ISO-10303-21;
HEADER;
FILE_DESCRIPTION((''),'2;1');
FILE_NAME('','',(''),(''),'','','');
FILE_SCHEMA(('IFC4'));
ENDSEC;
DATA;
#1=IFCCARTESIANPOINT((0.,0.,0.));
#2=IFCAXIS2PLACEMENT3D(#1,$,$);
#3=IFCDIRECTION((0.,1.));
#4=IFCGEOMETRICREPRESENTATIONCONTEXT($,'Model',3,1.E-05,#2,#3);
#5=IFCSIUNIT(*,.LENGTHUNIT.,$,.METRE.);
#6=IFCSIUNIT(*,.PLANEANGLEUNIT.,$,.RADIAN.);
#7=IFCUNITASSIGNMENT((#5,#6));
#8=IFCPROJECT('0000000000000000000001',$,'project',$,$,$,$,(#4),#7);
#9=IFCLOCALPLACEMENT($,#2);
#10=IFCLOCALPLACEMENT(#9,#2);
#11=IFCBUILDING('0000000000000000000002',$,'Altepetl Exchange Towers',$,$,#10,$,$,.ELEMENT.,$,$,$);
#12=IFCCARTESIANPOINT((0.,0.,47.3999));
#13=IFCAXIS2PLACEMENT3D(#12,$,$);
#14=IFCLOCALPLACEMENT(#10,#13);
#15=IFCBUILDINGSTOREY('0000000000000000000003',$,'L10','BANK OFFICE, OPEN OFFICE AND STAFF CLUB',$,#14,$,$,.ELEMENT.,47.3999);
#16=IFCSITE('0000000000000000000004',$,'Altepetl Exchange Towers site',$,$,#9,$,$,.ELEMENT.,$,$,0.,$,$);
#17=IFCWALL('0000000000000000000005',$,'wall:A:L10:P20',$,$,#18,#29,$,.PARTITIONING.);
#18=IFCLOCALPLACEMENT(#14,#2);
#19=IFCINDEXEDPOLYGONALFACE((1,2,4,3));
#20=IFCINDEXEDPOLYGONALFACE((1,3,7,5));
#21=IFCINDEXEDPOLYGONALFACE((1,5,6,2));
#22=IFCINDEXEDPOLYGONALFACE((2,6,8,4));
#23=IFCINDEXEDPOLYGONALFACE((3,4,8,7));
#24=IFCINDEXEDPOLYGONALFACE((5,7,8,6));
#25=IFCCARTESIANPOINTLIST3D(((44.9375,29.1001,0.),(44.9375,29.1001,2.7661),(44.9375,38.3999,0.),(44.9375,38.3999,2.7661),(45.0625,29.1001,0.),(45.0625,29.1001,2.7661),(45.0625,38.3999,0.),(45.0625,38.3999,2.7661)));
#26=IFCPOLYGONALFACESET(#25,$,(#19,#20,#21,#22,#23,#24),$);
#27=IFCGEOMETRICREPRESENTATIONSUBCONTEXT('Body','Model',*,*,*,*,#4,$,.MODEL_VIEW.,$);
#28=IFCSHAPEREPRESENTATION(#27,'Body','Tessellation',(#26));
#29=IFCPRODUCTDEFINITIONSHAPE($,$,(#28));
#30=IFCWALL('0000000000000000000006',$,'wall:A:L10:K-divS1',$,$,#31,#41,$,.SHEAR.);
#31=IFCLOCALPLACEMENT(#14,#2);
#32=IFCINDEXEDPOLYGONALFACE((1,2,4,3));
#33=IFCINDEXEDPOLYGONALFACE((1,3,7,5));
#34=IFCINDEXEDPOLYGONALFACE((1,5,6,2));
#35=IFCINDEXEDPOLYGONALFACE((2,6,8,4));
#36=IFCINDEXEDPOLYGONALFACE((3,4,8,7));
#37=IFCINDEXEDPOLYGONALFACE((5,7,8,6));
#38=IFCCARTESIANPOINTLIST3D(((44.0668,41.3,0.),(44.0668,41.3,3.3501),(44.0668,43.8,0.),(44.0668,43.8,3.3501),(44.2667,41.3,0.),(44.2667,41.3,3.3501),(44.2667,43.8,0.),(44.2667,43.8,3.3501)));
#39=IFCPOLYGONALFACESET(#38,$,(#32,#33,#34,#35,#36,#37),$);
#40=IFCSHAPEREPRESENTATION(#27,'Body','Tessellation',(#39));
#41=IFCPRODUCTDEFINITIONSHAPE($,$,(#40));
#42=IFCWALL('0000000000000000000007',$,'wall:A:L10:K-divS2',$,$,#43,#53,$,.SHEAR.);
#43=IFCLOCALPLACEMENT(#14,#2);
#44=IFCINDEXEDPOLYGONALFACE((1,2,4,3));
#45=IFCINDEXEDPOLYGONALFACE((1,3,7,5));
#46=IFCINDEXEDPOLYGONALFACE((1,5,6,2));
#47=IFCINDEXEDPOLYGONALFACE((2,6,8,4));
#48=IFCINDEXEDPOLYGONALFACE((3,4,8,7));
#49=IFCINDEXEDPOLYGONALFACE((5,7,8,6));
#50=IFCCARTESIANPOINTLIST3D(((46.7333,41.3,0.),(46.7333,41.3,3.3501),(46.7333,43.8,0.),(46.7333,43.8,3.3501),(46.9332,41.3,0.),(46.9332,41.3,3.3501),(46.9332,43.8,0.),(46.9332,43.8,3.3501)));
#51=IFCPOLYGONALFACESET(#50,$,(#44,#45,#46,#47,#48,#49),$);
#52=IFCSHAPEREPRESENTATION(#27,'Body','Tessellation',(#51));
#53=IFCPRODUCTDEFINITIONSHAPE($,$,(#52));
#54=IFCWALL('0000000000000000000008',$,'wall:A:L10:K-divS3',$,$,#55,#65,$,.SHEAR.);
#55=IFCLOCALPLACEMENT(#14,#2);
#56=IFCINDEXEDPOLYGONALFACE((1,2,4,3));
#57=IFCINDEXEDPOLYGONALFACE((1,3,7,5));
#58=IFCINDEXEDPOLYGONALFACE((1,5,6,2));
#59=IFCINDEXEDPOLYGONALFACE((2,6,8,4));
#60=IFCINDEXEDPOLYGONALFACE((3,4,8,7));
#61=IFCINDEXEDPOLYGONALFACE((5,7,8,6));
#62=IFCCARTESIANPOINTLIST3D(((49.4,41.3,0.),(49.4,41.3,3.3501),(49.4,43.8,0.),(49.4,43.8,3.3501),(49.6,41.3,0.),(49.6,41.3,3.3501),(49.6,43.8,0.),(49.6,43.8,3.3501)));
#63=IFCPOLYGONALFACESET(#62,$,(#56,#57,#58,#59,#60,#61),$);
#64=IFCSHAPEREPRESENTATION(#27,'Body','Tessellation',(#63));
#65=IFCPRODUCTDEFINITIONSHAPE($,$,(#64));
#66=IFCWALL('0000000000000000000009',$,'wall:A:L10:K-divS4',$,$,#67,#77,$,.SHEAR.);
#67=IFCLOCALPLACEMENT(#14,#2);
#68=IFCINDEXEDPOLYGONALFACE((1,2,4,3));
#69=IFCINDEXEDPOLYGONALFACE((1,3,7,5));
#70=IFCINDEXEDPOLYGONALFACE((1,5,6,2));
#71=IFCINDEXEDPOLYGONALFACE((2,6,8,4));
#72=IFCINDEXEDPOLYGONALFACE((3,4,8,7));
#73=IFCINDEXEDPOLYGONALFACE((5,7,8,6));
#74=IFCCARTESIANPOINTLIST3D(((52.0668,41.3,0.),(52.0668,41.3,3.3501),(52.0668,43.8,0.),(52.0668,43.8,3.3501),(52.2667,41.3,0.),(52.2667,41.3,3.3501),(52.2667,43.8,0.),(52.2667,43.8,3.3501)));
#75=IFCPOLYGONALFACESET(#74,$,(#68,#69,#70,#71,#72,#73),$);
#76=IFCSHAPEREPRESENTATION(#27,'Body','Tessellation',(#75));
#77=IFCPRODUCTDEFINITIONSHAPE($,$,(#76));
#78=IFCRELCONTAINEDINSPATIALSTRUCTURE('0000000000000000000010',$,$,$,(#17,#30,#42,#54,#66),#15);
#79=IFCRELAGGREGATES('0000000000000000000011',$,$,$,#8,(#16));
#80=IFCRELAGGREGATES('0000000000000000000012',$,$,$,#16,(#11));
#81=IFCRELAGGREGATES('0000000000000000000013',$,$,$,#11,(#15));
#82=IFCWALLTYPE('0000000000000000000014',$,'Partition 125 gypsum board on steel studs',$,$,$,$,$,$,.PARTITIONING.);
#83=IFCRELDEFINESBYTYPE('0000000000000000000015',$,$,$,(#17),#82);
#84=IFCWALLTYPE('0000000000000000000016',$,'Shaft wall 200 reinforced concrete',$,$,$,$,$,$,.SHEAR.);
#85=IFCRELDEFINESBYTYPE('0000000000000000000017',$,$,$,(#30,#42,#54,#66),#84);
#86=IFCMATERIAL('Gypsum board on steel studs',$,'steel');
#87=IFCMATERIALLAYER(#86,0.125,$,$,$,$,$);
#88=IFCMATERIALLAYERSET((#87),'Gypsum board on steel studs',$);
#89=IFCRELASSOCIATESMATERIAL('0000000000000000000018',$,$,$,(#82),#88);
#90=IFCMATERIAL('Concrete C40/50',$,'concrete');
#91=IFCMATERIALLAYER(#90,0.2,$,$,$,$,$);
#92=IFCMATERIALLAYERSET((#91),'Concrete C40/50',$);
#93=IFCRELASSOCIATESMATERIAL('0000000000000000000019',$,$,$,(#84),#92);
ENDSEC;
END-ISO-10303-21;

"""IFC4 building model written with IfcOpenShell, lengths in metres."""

from ifc_helpers import new_model, si_unit, direction, frame, frame_2d, origin, place, context, subcontext, project, spatial, rectangle, extrude, material, layer, layer_set, type_object, element, save


model = new_model("IFC4")

# Units and contexts
model_context = context("Model", 3, precision=1e-05, world=origin(), true_north=direction((0.0, 1.0)))
body_context = subcontext(model_context, "Body", "Model", "MODEL_VIEW")
ifc_project = project(units=[si_unit("LENGTHUNIT", "METRE"), si_unit("PLANEANGLEUNIT", "RADIAN")], contexts=[model_context])

# Site, building, storey
site_placement = place(None, origin())
site = spatial("IfcSite", under=ifc_project, at=site_placement, Name="Altepetl Exchange Towers site", CompositionType="ELEMENT", RefElevation=0.0)
building_placement = place(site_placement, origin())
building = spatial("IfcBuilding", under=site, at=building_placement, Name="Altepetl Exchange Towers", CompositionType="ELEMENT")
storey_placement = place(building_placement, frame((0.0, 0.0, 47.3999)))
storey = spatial("IfcBuildingStorey", under=building, at=storey_placement, Name="L10", Description="BANK OFFICE, OPEN OFFICE AND STAFF CLUB", CompositionType="ELEMENT", Elevation=47.3999)

# Walls
ifc_material_1 = material(Name="Gypsum board on steel studs", Category="steel")
ifc_layer_1 = layer(ifc_material_1, 0.125)
ifc_layer_set_1 = layer_set([ifc_layer_1], Name="Gypsum board on steel studs")
wall_type_1 = type_object("IfcWallType", Name="Partition 125 gypsum board on steel studs", PredefinedType="PARTITIONING", material=ifc_layer_set_1)
wall_1_placement = place(storey_placement, frame((45.0, 29.1001, 0.0), z_axis=(0.0, 0.0, 1.0), x_axis=(0.0, 1.0, 0.0)))
element("IfcWall", 1, at=wall_1_placement, inside=storey, type_object=wall_type_1, Name="wall:A:L10:P20", PredefinedType="PARTITIONING", context=body_context, shape_type="SweptSolid", body=[
    extrude(rectangle(XDim=9.2998, YDim=0.125, at=frame_2d((4.6499, 0.0))), origin(), (0.0, 0.0, 1.0), 2.7661),
])
ifc_material_2 = material(Name="Concrete C40/50", Category="concrete")
ifc_layer_2 = layer(ifc_material_2, 0.2)
ifc_layer_set_2 = layer_set([ifc_layer_2], Name="Concrete C40/50")
wall_type_2 = type_object("IfcWallType", Name="Shaft wall 200 reinforced concrete", PredefinedType="SHEAR", material=ifc_layer_set_2)
for number, where, z_axis, x_axis, name in (
    (2, (44.1667, 41.3, 0.0), (0.0, 0.0, 1.0), (0.0, 1.0, 0.0), "wall:A:L10:K-divS1"),
    (3, (46.8333, 41.3, 0.0), (0.0, 0.0, 1.0), (0.0, 1.0, 0.0), "wall:A:L10:K-divS2"),
    (4, (49.5, 41.3, 0.0), (0.0, 0.0, 1.0), (0.0, 1.0, 0.0), "wall:A:L10:K-divS3"),
    (5, (52.1667, 41.3, 0.0), (0.0, 0.0, 1.0), (0.0, 1.0, 0.0), "wall:A:L10:K-divS4"),
):
    element("IfcWall", number, at=place(storey_placement, frame(where, z_axis=z_axis, x_axis=x_axis)), inside=storey, type_object=wall_type_2, Name=name, PredefinedType="SHEAR", context=body_context, shape_type="SweptSolid", body=[
        extrude(rectangle(XDim=2.5, YDim=0.2, at=frame_2d((1.25, 0.0))), origin(), (0.0, 0.0, 1.0), 3.3501),
    ])

save(model, "model.ifc")
